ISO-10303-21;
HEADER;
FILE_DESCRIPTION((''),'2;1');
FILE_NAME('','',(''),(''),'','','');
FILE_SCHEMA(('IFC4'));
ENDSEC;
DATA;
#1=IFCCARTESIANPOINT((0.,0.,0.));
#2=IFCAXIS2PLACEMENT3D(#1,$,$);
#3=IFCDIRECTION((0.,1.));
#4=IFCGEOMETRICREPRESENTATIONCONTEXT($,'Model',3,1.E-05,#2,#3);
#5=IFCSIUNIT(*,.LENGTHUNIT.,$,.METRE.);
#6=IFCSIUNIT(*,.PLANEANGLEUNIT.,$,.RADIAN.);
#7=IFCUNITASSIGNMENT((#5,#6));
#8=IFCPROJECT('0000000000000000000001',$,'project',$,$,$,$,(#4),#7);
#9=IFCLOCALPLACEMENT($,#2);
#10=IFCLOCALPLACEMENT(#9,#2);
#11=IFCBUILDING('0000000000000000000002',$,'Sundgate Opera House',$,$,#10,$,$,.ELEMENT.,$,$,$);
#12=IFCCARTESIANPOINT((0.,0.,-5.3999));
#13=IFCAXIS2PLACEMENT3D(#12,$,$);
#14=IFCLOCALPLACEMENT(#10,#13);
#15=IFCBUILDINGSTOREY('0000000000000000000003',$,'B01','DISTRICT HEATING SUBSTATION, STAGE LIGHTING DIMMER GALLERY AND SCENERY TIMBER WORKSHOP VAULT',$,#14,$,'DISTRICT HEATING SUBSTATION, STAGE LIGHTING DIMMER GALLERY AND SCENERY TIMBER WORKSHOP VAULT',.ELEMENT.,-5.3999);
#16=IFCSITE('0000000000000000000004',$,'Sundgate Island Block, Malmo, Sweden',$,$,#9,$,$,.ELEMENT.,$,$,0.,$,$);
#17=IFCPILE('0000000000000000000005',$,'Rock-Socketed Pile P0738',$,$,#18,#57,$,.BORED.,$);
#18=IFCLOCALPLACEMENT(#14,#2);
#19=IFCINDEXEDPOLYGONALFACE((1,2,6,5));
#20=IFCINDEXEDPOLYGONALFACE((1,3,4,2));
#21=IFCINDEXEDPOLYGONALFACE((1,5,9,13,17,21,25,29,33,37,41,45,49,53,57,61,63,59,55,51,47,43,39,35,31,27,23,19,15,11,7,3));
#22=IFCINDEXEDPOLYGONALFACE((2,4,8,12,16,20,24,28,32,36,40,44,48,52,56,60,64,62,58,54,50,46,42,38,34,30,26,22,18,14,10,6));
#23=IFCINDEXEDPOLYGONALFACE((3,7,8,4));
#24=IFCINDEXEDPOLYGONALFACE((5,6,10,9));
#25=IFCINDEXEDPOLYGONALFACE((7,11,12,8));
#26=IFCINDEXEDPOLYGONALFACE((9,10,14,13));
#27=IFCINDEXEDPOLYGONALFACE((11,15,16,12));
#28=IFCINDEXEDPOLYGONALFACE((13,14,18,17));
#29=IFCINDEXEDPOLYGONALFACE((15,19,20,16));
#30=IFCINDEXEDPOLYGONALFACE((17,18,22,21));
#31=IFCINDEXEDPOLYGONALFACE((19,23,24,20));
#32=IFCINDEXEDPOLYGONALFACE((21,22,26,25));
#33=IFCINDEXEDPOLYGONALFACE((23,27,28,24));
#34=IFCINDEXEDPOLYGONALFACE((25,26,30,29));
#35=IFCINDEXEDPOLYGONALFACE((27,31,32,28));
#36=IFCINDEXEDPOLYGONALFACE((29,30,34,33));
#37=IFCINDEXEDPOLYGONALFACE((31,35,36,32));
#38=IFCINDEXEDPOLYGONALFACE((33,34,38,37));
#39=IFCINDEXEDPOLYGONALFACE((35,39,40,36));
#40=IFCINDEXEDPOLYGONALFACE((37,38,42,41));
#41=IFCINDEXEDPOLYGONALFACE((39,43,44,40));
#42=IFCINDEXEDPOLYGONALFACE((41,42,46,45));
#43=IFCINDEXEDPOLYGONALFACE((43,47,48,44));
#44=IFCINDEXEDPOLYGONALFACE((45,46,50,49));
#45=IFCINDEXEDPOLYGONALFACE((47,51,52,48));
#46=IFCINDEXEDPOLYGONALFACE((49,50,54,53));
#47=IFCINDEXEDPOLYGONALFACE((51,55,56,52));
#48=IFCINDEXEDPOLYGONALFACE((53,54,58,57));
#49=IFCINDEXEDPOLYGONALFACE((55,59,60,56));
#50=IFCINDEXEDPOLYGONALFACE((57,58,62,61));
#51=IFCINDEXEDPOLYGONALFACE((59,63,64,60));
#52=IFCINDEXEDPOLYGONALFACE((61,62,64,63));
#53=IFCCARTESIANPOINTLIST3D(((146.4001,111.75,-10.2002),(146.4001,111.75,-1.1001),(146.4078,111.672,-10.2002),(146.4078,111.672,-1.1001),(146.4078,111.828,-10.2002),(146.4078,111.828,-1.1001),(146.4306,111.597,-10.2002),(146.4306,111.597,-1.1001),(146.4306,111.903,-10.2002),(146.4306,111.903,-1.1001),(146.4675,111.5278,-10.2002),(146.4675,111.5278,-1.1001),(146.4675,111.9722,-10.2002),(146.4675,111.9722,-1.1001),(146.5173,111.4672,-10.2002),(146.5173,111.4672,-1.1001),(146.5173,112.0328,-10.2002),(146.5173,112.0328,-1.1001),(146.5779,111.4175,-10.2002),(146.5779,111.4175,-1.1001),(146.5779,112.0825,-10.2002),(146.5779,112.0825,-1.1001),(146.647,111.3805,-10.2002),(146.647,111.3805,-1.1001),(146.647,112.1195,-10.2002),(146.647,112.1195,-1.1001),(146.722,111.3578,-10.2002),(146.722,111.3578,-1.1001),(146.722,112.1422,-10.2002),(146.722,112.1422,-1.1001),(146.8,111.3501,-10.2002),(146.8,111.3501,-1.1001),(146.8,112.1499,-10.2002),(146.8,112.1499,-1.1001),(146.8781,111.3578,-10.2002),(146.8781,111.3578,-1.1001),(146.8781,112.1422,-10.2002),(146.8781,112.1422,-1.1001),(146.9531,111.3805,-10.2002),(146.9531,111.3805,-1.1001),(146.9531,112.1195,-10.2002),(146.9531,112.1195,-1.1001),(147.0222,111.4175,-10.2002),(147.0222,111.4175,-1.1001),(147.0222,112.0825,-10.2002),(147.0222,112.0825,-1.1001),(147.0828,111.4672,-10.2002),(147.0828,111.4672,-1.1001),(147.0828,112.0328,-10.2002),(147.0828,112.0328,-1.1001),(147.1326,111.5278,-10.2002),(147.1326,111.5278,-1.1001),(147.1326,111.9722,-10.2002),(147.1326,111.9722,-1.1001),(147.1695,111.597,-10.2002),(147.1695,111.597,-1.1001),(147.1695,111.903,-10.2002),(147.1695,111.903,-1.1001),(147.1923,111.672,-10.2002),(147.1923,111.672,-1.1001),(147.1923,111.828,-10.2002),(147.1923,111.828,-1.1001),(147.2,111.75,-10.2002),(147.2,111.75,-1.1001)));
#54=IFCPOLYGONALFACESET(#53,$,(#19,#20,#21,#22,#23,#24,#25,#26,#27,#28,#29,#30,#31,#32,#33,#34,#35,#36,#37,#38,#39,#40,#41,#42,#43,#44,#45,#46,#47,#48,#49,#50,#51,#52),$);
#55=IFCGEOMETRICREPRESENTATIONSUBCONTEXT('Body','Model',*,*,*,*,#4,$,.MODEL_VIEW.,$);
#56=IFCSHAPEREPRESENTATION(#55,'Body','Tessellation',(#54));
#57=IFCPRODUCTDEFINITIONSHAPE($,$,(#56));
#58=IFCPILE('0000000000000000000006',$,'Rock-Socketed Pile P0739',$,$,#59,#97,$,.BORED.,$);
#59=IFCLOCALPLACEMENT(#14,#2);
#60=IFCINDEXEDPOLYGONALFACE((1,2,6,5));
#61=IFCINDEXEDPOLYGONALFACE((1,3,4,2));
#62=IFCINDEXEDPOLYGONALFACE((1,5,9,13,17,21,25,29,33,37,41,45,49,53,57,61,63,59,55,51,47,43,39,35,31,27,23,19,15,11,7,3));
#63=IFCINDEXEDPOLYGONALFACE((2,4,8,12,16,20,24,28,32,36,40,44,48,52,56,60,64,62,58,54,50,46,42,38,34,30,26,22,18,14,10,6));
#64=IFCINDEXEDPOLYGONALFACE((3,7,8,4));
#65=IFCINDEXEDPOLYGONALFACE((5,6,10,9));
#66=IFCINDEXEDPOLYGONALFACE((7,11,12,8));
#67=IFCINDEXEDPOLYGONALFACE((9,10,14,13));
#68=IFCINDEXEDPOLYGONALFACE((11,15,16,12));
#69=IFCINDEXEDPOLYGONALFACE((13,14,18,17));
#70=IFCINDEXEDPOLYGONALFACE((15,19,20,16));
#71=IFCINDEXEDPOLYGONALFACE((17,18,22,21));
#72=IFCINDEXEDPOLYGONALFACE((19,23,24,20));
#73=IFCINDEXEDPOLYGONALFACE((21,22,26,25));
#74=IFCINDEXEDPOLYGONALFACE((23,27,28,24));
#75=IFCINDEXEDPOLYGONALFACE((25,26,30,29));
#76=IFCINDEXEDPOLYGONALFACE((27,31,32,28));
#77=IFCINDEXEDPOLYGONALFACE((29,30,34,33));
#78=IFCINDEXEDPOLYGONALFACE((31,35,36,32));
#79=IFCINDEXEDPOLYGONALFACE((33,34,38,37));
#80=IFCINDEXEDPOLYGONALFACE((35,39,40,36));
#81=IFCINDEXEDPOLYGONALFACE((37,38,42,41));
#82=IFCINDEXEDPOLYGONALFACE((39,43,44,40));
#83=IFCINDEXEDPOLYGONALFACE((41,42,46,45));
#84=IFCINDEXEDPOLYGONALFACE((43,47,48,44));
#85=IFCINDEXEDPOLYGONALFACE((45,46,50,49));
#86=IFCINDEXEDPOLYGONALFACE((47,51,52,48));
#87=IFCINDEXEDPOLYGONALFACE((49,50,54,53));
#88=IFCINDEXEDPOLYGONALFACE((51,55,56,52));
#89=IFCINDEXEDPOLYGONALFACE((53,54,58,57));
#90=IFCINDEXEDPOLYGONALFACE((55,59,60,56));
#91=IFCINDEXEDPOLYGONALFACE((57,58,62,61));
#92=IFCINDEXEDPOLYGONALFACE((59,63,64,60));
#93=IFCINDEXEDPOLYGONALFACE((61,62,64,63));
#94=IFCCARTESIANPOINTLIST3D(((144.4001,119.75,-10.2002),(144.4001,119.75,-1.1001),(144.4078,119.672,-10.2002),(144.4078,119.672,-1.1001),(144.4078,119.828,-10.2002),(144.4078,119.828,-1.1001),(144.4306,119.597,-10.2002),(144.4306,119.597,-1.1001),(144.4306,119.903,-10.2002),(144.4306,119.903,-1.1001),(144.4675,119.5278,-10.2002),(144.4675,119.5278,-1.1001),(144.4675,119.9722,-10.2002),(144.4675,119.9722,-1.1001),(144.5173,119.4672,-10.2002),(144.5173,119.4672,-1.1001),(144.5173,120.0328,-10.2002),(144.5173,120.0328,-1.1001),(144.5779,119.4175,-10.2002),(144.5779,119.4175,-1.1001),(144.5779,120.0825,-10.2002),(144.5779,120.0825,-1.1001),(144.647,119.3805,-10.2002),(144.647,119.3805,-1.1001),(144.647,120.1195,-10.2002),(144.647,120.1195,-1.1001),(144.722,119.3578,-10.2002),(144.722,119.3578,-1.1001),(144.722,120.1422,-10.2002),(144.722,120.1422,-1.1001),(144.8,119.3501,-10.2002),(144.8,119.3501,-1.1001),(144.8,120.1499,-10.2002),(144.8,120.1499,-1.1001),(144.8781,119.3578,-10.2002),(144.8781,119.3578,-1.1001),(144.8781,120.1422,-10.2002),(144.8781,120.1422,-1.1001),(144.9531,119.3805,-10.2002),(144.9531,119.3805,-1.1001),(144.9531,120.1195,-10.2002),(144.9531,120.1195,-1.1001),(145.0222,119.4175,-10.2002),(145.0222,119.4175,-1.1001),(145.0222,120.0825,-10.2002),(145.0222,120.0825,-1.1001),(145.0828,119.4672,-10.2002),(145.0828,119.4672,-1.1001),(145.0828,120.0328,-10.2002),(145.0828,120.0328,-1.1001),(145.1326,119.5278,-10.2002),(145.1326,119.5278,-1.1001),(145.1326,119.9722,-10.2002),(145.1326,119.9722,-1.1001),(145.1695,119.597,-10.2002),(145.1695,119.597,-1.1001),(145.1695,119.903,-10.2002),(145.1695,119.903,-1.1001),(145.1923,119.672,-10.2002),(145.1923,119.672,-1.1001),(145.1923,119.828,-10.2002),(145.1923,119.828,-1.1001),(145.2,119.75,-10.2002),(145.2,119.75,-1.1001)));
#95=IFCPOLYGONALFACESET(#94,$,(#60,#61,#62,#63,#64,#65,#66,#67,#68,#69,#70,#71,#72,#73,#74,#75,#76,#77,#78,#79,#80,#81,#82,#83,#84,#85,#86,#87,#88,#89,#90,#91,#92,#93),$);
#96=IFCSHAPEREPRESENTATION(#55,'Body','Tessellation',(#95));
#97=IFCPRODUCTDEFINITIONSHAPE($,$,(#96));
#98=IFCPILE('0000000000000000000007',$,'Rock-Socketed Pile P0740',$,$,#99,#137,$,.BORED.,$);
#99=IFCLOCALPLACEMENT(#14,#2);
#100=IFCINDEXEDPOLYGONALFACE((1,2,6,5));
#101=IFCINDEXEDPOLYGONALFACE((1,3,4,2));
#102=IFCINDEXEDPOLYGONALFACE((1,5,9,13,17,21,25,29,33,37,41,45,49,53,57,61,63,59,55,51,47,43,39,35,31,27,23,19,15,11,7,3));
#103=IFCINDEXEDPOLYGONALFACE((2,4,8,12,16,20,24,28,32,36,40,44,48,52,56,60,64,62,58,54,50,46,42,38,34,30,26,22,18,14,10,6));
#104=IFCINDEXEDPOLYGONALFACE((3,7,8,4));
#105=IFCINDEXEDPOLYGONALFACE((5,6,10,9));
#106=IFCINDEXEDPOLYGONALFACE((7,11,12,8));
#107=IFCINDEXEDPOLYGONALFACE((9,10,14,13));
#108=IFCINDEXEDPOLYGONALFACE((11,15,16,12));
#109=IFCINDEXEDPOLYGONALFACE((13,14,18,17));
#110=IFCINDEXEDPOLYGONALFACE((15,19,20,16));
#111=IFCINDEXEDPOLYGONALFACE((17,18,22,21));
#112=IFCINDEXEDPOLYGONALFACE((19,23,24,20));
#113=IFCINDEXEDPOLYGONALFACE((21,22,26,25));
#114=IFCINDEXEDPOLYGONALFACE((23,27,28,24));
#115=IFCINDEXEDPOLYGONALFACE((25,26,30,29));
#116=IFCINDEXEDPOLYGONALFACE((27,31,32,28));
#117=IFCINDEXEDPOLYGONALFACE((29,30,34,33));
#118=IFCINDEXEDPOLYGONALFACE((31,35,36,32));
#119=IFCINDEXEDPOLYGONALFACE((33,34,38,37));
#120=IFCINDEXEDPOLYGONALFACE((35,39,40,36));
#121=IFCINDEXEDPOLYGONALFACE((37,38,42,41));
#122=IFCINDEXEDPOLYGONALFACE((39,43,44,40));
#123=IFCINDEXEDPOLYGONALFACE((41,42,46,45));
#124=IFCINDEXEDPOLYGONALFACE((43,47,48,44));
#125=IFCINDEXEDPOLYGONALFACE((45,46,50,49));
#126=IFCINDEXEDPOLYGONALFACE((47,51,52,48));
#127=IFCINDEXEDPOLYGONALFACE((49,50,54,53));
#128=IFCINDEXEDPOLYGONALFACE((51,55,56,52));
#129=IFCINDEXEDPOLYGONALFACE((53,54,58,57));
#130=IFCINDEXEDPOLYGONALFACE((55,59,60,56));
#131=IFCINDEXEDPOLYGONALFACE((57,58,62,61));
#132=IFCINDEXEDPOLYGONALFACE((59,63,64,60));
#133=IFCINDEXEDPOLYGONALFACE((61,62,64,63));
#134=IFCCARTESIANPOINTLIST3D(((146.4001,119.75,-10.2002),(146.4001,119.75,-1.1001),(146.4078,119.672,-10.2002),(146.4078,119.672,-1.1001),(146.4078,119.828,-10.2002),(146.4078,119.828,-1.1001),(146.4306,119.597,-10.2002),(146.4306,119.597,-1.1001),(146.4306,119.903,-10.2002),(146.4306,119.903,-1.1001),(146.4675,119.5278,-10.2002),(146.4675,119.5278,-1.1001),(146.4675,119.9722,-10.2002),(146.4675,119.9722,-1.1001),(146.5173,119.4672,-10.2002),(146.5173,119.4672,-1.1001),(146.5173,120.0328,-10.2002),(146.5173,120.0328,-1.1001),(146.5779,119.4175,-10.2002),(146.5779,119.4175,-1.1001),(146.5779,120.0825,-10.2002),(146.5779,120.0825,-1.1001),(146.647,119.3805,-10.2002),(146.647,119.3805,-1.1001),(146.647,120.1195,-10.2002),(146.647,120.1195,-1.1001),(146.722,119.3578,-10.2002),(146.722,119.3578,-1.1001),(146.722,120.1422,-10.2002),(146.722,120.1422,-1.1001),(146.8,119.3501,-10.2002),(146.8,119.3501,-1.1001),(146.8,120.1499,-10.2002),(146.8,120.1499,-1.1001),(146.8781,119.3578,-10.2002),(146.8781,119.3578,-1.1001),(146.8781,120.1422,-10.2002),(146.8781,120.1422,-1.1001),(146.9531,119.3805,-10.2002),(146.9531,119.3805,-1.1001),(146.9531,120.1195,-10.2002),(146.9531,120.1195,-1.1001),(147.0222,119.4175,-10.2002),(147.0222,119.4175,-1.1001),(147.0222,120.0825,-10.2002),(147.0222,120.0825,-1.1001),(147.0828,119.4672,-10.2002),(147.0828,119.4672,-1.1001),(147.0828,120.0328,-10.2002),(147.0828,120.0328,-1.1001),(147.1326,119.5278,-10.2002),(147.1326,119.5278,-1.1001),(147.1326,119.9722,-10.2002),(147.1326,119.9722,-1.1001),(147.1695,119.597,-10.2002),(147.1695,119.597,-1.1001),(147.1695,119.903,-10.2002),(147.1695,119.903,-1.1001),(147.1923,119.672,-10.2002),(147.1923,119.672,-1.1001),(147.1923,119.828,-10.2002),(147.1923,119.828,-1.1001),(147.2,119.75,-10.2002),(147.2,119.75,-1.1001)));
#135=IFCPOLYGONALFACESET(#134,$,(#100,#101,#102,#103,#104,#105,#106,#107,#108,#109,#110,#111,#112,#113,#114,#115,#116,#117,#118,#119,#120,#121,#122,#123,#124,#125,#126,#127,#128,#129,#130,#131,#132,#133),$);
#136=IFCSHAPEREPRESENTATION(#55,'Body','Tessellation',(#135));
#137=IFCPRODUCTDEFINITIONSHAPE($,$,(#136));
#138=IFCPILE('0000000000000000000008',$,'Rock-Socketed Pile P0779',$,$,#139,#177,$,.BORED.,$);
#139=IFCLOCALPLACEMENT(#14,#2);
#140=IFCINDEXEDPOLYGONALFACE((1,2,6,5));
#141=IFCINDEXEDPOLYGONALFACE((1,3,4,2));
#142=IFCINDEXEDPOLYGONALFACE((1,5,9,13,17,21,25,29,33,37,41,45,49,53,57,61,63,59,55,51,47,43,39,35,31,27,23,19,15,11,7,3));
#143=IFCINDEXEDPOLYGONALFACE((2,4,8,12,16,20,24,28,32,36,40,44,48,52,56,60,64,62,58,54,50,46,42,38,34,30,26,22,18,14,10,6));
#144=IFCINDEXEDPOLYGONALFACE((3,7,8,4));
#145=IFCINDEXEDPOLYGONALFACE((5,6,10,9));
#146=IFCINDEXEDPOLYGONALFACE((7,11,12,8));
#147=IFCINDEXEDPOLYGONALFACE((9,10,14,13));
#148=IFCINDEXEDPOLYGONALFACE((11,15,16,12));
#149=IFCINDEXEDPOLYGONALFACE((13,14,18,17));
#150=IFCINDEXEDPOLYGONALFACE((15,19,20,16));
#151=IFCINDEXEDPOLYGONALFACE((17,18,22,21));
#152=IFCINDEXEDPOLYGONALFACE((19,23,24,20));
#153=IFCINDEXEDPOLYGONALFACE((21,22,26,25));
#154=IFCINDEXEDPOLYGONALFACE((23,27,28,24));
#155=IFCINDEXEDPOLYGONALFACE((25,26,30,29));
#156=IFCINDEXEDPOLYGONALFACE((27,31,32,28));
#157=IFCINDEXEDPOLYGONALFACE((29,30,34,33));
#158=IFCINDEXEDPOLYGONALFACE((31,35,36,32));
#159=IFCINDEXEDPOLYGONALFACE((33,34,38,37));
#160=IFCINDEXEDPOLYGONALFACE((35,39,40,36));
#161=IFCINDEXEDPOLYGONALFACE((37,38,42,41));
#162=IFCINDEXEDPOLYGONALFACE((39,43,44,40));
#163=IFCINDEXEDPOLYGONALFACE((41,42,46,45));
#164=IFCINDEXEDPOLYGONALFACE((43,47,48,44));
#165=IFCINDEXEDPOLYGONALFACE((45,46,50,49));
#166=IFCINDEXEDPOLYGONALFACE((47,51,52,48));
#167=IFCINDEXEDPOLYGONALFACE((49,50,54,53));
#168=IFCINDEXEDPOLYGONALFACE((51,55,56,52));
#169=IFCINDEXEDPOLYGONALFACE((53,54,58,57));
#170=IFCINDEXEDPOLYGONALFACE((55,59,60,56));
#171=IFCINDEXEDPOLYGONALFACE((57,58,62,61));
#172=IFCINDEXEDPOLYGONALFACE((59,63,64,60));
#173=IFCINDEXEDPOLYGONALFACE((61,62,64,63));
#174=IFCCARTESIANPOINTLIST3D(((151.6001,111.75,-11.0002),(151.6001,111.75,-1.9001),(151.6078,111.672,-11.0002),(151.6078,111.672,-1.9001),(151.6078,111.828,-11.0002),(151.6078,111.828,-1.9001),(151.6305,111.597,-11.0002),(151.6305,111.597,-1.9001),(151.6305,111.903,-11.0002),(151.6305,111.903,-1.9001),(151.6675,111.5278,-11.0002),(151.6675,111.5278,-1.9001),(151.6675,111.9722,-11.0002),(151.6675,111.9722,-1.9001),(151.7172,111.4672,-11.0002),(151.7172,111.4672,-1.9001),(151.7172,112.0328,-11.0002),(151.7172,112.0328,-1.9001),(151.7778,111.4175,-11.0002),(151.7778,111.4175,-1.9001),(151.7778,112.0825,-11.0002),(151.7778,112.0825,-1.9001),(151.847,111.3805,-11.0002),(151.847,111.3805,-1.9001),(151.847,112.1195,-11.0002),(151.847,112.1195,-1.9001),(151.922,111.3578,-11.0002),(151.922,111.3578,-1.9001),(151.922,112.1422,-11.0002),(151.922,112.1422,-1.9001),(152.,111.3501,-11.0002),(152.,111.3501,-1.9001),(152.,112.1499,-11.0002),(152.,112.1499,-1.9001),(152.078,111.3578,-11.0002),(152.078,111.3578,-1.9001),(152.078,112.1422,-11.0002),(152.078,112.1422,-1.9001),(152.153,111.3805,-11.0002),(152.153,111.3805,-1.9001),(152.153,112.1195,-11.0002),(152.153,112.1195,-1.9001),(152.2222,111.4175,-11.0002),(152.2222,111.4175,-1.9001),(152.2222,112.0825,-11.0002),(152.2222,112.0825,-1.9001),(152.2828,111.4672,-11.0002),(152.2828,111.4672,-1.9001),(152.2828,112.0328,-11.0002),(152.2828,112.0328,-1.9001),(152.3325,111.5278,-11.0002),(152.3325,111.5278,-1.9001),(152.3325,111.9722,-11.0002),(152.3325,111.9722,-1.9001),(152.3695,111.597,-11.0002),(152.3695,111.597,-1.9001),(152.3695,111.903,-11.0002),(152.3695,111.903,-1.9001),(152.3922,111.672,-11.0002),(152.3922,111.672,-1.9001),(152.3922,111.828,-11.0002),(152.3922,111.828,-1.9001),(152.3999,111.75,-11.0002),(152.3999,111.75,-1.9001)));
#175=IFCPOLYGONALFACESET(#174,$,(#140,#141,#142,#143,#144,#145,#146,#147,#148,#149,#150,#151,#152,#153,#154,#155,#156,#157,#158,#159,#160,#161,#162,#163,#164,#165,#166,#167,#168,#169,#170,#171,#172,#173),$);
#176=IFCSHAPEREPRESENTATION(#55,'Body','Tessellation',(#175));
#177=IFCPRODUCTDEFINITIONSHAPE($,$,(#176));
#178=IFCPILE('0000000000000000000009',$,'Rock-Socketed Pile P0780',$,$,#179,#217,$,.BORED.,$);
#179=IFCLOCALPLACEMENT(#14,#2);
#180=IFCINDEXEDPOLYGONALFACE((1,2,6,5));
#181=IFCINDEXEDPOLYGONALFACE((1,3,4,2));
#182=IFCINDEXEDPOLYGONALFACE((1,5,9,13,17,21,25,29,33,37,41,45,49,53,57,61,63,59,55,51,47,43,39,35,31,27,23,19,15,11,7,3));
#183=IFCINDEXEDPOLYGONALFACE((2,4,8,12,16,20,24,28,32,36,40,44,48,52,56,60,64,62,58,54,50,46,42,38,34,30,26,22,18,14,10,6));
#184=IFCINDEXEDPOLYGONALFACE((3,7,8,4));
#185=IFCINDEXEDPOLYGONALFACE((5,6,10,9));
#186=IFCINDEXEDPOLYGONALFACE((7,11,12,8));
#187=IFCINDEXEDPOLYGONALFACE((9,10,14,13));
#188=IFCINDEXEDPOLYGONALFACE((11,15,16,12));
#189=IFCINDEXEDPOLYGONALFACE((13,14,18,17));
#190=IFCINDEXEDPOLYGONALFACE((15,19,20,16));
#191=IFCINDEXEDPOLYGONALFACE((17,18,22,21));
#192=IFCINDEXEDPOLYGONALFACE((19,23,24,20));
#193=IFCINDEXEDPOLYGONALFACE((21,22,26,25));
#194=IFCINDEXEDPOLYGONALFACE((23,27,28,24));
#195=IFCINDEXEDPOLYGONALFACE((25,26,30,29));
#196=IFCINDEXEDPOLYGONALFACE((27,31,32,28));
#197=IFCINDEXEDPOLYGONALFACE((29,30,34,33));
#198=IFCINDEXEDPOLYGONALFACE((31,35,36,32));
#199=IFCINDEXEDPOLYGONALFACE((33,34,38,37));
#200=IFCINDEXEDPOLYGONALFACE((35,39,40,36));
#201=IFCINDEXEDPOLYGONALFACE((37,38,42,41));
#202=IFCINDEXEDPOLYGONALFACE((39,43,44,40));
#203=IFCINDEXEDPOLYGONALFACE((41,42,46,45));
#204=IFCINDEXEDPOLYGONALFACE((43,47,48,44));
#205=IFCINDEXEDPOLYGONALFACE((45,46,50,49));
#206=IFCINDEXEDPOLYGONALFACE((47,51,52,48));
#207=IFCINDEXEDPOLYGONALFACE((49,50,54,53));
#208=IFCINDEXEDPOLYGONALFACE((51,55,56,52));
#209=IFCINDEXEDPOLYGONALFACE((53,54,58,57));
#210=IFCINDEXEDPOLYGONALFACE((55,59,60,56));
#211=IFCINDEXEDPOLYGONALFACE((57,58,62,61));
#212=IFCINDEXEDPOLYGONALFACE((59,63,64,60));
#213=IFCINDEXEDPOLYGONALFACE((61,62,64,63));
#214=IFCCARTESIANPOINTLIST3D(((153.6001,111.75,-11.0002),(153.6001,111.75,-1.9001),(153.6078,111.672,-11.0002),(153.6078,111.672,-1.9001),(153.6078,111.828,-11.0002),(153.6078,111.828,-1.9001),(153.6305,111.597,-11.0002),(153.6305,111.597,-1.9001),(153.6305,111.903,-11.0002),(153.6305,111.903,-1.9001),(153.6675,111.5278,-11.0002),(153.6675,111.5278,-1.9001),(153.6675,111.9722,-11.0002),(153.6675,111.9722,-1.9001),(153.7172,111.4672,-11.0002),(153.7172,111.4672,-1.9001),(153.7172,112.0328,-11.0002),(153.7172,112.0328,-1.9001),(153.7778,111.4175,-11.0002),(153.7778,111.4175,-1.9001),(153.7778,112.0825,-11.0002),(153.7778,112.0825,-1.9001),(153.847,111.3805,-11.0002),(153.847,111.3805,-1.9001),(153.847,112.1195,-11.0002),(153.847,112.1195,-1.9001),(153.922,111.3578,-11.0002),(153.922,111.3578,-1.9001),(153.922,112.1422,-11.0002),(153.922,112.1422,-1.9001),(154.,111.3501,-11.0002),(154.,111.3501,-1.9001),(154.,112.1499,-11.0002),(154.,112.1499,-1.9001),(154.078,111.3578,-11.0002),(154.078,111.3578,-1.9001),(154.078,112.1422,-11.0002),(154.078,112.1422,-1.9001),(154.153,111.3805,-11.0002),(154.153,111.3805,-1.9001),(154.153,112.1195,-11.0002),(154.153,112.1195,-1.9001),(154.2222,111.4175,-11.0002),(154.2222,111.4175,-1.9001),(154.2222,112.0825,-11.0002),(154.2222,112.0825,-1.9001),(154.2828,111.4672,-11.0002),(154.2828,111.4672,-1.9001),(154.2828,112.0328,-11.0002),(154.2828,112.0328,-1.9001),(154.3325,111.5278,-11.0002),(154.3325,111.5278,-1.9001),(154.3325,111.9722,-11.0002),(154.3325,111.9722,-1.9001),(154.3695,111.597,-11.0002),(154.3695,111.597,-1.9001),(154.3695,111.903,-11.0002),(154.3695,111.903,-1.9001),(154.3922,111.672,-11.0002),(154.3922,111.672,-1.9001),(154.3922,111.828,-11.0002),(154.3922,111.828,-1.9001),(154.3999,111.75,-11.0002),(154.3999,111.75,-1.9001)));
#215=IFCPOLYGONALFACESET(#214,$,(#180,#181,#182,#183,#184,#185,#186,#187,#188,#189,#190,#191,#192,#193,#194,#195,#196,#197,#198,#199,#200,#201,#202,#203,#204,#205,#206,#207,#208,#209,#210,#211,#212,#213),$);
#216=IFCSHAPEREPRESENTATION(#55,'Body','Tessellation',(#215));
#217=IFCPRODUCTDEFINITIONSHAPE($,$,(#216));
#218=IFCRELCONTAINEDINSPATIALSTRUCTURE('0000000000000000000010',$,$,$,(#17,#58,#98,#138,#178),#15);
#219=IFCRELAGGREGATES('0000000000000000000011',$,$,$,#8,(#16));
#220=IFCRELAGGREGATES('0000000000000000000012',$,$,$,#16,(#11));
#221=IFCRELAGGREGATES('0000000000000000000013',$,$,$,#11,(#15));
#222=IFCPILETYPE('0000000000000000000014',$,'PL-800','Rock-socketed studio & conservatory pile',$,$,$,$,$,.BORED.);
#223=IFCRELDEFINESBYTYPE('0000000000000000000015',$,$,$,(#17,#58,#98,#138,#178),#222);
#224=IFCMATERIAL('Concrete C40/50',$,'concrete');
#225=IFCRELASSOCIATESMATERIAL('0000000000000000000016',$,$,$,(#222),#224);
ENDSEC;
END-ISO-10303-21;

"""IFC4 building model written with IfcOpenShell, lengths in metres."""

from ifc_helpers import new_model, si_unit, direction, frame, origin, origin_2d, place, context, subcontext, project, spatial, circle, extrude, material, material_profile, profile_set, type_object, element, save


model = new_model("IFC4")

# Units and contexts
model_context = context("Model", 3, precision=1e-05, world=origin(), true_north=direction((0.0, 1.0)))
body_context = subcontext(model_context, "Body", "Model", "MODEL_VIEW")
ifc_project = project(units=[si_unit("LENGTHUNIT", "METRE"), si_unit("PLANEANGLEUNIT", "RADIAN")], contexts=[model_context])

# Site, building, storey
site_placement = place(None, origin())
site = spatial("IfcSite", under=ifc_project, at=site_placement, Name="Sundgate Island Block, Malmo, Sweden", CompositionType="ELEMENT", RefElevation=0.0)
building_placement = place(site_placement, origin())
building = spatial("IfcBuilding", under=site, at=building_placement, Name="Sundgate Opera House", CompositionType="ELEMENT")
storey_placement = place(building_placement, frame((0.0, 0.0, -5.3999)))
storey = spatial("IfcBuildingStorey", under=building, at=storey_placement, Name="B01", Description="DISTRICT HEATING SUBSTATION, STAGE LIGHTING DIMMER GALLERY AND SCENERY TIMBER WORKSHOP VAULT", LongName="DISTRICT HEATING SUBSTATION, STAGE LIGHTING DIMMER GALLERY AND SCENERY TIMBER WORKSHOP VAULT", CompositionType="ELEMENT", Elevation=-5.3999)

# Piles
ifc_material_1 = material(Name="Concrete C40/50", Category="concrete")
ifc_material_profile_1 = material_profile(ifc_material_1, circle(Radius=0.3999, at=origin_2d()), Name="PILE D800")
ifc_profile_set_1 = profile_set([ifc_material_profile_1], Name="Concrete C40/50")
pile_type = type_object("IfcPileType", Name="PL-800", Description="Rock-socketed studio & conservatory pile", PredefinedType="BORED", material=ifc_profile_set_1)
for number, where, z_axis, x_axis, name in (
    (1, (146.8, 111.75, -1.1001), (0.0, 0.0, -1.0), (1.0, 0.0, 0.0), "Rock-Socketed Pile P0738"),
    (2, (144.8, 119.75, -1.1001), (0.0, 0.0, -1.0), (1.0, 0.0, 0.0), "Rock-Socketed Pile P0739"),
    (3, (146.8, 119.75, -1.1001), (0.0, 0.0, -1.0), (1.0, 0.0, 0.0), "Rock-Socketed Pile P0740"),
    (4, (152.0, 111.75, -1.9001), (0.0, 0.0, -1.0), (1.0, 0.0, 0.0), "Rock-Socketed Pile P0779"),
    (5, (154.0, 111.75, -1.9001), (0.0, 0.0, -1.0), (1.0, 0.0, 0.0), "Rock-Socketed Pile P0780"),
):
    element("IfcPile", number, at=place(storey_placement, frame(where, z_axis=z_axis, x_axis=x_axis)), inside=storey, type_object=pile_type, Name=name, PredefinedType="BORED", context=body_context, shape_type="SweptSolid", body=[
        extrude(circle(Radius=0.3999, at=origin_2d()), origin(), (0.0, 0.0, 1.0), 9.1001),
    ])

save(model, "model.ifc")
